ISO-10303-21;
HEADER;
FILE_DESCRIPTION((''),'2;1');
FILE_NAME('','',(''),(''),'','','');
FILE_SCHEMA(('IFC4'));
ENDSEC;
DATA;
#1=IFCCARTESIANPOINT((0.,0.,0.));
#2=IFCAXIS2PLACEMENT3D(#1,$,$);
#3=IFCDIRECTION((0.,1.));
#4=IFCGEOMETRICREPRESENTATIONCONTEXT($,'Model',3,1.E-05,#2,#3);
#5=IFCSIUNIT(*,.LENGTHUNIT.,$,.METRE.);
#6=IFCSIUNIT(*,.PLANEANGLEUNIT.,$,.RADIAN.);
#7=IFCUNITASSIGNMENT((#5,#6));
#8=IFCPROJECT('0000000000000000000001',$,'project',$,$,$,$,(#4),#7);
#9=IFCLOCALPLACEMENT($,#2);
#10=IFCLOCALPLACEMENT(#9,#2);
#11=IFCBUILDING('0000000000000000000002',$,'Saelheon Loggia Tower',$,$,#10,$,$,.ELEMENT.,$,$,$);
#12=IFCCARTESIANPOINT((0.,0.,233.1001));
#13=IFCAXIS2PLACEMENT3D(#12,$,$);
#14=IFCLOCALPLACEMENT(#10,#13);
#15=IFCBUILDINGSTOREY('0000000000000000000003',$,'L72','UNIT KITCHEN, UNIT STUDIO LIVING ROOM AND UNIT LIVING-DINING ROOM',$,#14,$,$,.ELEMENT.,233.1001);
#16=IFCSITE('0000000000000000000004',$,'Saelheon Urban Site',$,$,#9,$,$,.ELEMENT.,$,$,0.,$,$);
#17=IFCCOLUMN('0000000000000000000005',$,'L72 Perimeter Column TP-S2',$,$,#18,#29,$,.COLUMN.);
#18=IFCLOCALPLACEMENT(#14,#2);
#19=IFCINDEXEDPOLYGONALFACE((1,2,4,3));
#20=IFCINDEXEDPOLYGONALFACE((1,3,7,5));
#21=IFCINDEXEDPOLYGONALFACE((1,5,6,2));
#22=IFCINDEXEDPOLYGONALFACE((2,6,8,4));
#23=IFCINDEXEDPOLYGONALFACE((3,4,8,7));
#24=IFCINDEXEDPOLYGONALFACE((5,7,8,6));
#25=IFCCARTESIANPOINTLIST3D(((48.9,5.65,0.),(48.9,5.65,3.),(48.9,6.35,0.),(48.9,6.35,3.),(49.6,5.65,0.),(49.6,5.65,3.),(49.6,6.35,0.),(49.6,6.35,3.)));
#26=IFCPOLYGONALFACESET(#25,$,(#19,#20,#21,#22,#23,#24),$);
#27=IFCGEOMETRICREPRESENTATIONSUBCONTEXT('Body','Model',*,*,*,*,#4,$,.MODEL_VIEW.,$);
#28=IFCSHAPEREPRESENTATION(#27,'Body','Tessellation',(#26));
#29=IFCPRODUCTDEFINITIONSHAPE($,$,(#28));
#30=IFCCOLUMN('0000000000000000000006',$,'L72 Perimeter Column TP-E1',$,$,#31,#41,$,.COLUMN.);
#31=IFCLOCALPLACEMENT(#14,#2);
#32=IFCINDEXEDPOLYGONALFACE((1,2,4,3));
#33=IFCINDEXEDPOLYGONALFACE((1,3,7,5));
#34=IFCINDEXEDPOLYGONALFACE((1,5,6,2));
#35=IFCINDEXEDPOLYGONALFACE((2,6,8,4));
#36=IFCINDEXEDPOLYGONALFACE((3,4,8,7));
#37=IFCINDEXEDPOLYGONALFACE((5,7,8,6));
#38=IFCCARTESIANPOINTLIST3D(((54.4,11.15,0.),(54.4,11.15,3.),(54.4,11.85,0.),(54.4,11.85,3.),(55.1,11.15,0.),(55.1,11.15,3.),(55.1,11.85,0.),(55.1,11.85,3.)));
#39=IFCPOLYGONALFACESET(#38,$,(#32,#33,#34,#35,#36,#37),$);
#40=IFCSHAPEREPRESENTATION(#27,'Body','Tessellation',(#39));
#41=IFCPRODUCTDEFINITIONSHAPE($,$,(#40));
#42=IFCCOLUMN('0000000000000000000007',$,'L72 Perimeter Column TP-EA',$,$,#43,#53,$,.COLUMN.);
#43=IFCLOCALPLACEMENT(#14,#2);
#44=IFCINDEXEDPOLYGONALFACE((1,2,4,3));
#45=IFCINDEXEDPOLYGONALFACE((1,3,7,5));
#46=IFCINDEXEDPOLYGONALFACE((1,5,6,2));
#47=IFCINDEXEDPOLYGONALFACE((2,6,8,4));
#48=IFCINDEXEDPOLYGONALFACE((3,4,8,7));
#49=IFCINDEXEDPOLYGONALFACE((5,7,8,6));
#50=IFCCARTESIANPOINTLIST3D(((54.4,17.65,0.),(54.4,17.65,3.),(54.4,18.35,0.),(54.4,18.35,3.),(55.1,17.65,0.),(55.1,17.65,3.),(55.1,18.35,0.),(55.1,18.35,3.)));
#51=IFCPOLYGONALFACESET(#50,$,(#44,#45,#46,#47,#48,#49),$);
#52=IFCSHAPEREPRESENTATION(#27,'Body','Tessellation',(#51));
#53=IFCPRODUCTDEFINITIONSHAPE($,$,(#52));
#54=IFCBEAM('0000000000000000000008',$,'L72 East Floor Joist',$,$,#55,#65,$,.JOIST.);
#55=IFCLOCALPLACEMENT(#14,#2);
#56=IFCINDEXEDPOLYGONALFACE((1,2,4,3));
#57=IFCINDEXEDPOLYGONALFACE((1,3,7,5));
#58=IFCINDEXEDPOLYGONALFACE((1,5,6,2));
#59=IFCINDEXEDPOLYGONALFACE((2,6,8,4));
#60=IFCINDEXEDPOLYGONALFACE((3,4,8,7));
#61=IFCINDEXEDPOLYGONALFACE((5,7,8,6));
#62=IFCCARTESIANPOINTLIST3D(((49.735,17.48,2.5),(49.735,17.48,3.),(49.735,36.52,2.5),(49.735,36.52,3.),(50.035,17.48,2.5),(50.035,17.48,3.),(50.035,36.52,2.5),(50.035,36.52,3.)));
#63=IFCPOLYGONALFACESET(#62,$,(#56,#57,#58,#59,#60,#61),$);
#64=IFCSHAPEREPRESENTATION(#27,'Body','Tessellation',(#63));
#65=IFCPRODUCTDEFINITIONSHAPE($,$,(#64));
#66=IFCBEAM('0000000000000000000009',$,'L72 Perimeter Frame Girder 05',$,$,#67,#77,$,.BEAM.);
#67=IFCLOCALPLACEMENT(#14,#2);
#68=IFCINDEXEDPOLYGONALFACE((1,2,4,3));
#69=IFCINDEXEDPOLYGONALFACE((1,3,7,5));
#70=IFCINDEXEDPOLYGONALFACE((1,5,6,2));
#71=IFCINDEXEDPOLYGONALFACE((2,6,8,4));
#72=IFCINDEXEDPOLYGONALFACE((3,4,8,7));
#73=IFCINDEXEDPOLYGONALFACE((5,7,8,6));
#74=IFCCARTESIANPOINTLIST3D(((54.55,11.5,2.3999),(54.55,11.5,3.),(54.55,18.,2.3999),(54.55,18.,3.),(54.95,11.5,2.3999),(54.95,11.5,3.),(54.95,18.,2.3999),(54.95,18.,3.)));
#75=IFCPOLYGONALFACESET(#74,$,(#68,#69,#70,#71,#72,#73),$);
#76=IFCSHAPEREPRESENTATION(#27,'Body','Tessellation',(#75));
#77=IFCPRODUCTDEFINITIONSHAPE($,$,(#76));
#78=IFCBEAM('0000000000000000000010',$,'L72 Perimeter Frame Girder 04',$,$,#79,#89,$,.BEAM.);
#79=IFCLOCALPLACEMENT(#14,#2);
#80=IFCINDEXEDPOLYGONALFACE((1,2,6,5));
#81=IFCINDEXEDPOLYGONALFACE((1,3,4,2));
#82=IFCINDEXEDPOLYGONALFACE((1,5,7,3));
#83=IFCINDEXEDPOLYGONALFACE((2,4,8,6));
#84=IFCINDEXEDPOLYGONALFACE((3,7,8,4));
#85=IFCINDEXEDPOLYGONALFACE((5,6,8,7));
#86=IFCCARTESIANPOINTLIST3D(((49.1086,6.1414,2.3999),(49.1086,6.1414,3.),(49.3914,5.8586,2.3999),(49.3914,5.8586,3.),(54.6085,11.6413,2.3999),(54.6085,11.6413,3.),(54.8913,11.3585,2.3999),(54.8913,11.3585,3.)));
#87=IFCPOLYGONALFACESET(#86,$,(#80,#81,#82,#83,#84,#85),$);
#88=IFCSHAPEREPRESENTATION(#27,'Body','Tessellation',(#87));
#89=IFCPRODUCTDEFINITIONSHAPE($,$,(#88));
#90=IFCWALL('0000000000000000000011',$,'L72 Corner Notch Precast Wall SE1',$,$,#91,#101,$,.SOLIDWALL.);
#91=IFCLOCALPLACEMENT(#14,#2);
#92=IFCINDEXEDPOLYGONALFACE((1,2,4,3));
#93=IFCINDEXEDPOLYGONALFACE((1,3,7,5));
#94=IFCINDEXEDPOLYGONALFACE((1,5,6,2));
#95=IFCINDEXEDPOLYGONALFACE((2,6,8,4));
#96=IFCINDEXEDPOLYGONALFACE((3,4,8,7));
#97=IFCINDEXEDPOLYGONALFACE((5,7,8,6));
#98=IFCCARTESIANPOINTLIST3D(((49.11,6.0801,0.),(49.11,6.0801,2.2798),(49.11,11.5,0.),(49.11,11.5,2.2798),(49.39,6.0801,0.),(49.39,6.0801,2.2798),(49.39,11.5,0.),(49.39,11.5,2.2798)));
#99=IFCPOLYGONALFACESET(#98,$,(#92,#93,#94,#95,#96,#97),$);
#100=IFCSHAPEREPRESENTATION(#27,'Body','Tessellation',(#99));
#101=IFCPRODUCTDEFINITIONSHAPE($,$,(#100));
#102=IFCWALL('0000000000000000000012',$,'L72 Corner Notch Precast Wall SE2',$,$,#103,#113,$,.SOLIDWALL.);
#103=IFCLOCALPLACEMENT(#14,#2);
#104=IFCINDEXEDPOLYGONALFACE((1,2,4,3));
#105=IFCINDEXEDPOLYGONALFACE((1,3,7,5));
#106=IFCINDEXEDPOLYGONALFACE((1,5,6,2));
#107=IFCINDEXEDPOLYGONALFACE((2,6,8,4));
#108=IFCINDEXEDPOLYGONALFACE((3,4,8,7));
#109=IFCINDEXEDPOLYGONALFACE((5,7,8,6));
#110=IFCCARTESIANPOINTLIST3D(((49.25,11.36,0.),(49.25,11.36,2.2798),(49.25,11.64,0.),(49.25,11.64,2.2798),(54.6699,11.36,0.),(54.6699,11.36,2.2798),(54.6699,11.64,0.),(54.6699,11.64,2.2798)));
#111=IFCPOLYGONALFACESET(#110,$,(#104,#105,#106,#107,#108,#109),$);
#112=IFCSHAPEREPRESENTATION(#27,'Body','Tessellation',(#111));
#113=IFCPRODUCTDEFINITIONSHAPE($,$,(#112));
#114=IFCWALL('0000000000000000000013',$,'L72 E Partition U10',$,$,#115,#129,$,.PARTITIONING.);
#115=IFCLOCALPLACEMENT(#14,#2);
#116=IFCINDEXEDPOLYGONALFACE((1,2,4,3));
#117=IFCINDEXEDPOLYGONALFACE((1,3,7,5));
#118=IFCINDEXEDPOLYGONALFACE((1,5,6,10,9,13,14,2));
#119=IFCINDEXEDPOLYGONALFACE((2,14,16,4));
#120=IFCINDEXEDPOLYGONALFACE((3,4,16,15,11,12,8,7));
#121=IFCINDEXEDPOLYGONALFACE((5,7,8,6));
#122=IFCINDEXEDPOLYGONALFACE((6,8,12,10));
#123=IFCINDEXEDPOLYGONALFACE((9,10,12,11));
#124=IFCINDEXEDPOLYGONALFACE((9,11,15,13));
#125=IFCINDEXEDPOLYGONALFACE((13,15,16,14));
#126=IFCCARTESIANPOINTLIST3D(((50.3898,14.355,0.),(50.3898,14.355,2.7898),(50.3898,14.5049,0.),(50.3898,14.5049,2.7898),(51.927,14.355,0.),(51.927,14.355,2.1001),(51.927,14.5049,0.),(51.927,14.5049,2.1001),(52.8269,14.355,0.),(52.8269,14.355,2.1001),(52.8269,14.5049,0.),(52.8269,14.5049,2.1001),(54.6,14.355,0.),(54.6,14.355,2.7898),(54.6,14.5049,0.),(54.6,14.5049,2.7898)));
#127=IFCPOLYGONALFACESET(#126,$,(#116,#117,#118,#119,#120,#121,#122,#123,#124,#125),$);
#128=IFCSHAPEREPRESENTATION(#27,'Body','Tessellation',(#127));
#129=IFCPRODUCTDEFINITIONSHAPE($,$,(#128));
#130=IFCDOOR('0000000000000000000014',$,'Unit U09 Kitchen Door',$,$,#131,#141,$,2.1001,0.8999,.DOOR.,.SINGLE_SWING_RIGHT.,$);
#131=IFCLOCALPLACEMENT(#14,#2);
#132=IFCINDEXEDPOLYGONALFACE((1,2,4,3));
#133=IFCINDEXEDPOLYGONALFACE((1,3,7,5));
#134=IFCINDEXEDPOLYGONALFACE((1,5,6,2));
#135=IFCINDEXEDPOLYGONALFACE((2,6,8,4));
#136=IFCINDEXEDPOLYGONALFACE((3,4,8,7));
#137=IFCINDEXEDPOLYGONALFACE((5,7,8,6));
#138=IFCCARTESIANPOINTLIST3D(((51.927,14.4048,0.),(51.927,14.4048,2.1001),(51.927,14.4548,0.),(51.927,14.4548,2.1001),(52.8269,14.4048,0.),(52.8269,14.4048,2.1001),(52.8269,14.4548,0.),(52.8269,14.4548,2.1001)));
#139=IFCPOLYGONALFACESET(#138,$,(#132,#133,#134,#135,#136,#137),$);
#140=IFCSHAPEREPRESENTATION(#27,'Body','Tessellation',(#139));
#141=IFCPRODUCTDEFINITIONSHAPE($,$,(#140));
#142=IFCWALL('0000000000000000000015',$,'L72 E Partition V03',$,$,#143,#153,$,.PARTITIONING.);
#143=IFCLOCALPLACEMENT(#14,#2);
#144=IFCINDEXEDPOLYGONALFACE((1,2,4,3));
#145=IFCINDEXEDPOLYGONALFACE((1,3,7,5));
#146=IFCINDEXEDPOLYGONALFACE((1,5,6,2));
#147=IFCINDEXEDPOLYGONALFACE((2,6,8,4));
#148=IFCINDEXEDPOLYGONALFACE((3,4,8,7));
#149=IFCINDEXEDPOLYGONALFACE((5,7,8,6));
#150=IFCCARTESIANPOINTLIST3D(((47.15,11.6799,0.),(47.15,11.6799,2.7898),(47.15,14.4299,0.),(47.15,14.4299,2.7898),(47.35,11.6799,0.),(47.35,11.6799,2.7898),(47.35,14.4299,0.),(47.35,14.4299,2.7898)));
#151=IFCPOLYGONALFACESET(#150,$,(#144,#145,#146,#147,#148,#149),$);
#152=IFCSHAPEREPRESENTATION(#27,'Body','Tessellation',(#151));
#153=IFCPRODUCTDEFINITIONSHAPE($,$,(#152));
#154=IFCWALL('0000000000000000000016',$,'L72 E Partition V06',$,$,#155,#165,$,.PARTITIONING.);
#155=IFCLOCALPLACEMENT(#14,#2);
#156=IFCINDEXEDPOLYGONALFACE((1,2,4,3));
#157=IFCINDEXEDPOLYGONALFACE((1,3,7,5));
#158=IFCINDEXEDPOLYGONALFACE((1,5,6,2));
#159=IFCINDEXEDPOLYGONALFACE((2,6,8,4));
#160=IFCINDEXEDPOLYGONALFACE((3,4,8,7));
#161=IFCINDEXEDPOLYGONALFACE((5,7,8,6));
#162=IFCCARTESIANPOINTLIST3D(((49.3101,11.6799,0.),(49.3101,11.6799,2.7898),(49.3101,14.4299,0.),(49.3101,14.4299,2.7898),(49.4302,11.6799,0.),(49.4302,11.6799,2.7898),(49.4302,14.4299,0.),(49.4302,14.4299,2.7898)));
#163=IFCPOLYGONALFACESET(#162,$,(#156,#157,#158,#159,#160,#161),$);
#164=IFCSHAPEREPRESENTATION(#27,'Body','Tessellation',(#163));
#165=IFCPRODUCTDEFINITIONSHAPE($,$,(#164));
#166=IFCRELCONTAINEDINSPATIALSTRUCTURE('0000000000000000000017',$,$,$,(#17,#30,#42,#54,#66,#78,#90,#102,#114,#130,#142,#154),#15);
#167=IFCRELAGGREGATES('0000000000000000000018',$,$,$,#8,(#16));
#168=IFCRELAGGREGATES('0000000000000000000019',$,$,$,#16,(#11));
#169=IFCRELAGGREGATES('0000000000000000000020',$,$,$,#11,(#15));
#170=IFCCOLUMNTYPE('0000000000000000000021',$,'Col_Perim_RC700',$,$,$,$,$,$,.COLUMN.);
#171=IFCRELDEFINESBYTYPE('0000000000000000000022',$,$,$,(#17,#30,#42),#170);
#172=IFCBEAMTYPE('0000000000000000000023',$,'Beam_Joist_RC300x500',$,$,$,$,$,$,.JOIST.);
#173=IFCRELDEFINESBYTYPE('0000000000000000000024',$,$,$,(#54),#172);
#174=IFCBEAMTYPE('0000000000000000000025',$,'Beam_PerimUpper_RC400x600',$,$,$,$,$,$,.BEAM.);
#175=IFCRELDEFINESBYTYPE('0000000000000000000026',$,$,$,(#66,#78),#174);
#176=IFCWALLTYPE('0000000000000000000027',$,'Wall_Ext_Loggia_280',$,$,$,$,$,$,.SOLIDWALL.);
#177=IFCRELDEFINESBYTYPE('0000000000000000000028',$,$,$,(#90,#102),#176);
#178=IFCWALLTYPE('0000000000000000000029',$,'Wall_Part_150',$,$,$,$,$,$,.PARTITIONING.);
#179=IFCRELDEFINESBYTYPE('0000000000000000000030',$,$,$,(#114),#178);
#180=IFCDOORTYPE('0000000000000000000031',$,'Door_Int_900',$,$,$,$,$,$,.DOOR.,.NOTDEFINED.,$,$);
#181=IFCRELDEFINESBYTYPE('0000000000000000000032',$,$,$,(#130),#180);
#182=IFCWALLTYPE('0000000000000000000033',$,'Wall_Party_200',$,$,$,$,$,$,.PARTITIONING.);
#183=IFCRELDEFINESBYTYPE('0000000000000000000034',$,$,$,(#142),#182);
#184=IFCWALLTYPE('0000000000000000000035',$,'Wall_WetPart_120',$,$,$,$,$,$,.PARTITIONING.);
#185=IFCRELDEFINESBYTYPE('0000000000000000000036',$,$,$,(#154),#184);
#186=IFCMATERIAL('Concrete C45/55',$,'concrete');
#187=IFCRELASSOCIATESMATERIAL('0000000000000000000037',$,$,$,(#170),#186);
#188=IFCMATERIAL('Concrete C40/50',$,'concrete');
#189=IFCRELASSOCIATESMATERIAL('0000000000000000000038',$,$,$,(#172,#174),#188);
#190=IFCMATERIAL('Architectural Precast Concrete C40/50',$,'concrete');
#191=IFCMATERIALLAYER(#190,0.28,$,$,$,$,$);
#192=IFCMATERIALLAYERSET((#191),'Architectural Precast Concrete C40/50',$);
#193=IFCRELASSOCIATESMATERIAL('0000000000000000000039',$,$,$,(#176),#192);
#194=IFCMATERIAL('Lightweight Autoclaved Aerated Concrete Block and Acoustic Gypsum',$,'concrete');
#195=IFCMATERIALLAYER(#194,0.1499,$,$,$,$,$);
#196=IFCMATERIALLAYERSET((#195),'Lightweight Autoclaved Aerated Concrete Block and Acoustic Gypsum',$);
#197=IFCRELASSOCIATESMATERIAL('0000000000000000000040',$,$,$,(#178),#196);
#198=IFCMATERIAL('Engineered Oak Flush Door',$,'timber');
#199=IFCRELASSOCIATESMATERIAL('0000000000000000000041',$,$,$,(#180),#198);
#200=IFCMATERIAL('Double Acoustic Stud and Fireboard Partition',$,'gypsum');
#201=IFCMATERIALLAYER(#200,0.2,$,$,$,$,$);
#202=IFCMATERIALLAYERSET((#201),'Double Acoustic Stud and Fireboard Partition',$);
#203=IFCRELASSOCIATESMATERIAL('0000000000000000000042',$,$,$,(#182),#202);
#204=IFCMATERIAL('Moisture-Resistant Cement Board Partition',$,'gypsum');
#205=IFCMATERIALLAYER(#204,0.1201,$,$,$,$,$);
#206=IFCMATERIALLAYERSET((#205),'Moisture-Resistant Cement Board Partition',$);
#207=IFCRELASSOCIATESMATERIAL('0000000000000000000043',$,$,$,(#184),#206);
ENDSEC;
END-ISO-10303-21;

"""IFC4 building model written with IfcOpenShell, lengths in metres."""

from ifc_helpers import new_model, si_unit, direction, frame, frame_2d, origin, origin_2d, place, context, subcontext, project, spatial, rectangle, extrude, source, transform, mapped, material, layer, layer_set, material_profile, profile_set, type_object, element, fill, save


model = new_model("IFC4")

# Units and contexts
model_context = context("Model", 3, precision=1e-05, world=origin(), true_north=direction((0.0, 1.0)))
body_context = subcontext(model_context, "Body", "Model", "MODEL_VIEW")
ifc_project = project(units=[si_unit("LENGTHUNIT", "METRE"), si_unit("PLANEANGLEUNIT", "RADIAN")], contexts=[model_context])

# Site, building, storey
site_placement = place(None, origin())
site = spatial("IfcSite", under=ifc_project, at=site_placement, Name="Saelheon Urban Site", CompositionType="ELEMENT", RefElevation=0.0)
building_placement = place(site_placement, origin())
building = spatial("IfcBuilding", under=site, at=building_placement, Name="Saelheon Loggia Tower", CompositionType="ELEMENT")
storey_placement = place(building_placement, frame((0.0, 0.0, 233.1001)))
storey = spatial("IfcBuildingStorey", under=building, at=storey_placement, Name="L72", Description="UNIT KITCHEN, UNIT STUDIO LIVING ROOM AND UNIT LIVING-DINING ROOM", CompositionType="ELEMENT", Elevation=233.1001)

# Columns
ifc_material_1 = material(Name="Concrete C45/55", Category="concrete")
ifc_material_profile_1 = material_profile(ifc_material_1, rectangle(XDim=0.7, YDim=0.7, at=origin_2d()), Name="RC-700x700")
ifc_profile_set_1 = profile_set([ifc_material_profile_1], Name="Concrete C45/55")
column_type = type_object("IfcColumnType", Name="Col_Perim_RC700", PredefinedType="COLUMN", material=ifc_profile_set_1)
shared_shape_1 = source(origin(), body_context, "Body", "SweptSolid", [
    extrude(rectangle(XDim=0.7, YDim=0.7, at=origin_2d()), origin(), (0.0, 0.0, 1.0), 3.0),
])
for number, where, z_axis, x_axis, name in (
    (1, (49.25, 6.0, 0.0), (0.0, 0.0, 1.0), (1.0, 0.0, 0.0), "L72 Perimeter Column TP-S2"),
    (2, (54.75, 11.5, 0.0), (0.0, 0.0, 1.0), (1.0, 0.0, 0.0), "L72 Perimeter Column TP-E1"),
    (3, (54.75, 18.0, 0.0), (0.0, 0.0, 1.0), (1.0, 0.0, 0.0), "L72 Perimeter Column TP-EA"),
):
    element("IfcColumn", number, at=place(storey_placement, frame(where, z_axis=z_axis, x_axis=x_axis)), inside=storey, type_object=column_type, Name=name, PredefinedType="COLUMN", context=body_context, shape_type="MappedRepresentation", body=[
        mapped(shared_shape_1, transform((0.0, 0.0, 0.0), scale=1.0)),
    ])

# Beams
ifc_material_2 = material(Name="Concrete C40/50", Category="concrete")
ifc_material_profile_2 = material_profile(ifc_material_2, rectangle(XDim=0.3, YDim=0.5, at=origin_2d()), Name="RC-300x500")
ifc_profile_set_2 = profile_set([ifc_material_profile_2], Name="Concrete C40/50")
beam_type_1 = type_object("IfcBeamType", Name="Beam_Joist_RC300x500", PredefinedType="JOIST", material=ifc_profile_set_2)
shared_shape_2 = source(origin(), body_context, "Body", "SweptSolid", [
    extrude(rectangle(XDim=0.3, YDim=0.5, at=origin_2d()), origin(), (0.0, 0.0, 1.0), 19.04),
])
beam_1_placement = place(storey_placement, frame((49.885, 17.48, 2.75), z_axis=(0.0, 1.0, 0.0), x_axis=(-1.0, 0.0, 0.0)))
element("IfcBeam", 4, at=beam_1_placement, inside=storey, type_object=beam_type_1, Name="L72 East Floor Joist", PredefinedType="JOIST", context=body_context, shape_type="MappedRepresentation", body=[
    mapped(shared_shape_2, transform((0.0, 0.0, 0.0), scale=1.0)),
])
ifc_material_profile_3 = material_profile(ifc_material_2, rectangle(XDim=0.3999, YDim=0.6001, at=origin_2d()), Name="RC-400x600")
ifc_profile_set_3 = profile_set([ifc_material_profile_3], Name="Concrete C40/50")
beam_type_2 = type_object("IfcBeamType", Name="Beam_PerimUpper_RC400x600", PredefinedType="BEAM", material=ifc_profile_set_3)
shared_shape_3 = source(origin(), body_context, "Body", "SweptSolid", [
    extrude(rectangle(XDim=0.3999, YDim=0.6001, at=origin_2d()), origin(), (0.0, 0.0, 1.0), 6.5),
])
beam_2_placement = place(storey_placement, frame((54.75, 11.5, 2.7), z_axis=(0.0, 1.0, 0.0), x_axis=(-1.0, 0.0, 0.0)))
element("IfcBeam", 5, at=beam_2_placement, inside=storey, type_object=beam_type_2, Name="L72 Perimeter Frame Girder 05", PredefinedType="BEAM", context=body_context, shape_type="MappedRepresentation", body=[
    mapped(shared_shape_3, transform((0.0, 0.0, 0.0), scale=1.0)),
])
shared_shape_4 = source(origin(), body_context, "Body", "SweptSolid", [
    extrude(rectangle(XDim=0.3999, YDim=0.6001, at=origin_2d()), origin(), (0.0, 0.0, 1.0), 7.7781),
])
beam_3_placement = place(storey_placement, frame((49.25, 6.0, 2.7), z_axis=(0.707107, 0.707107, 0.0), x_axis=(-0.707107, 0.707107, 0.0)))
element("IfcBeam", 6, at=beam_3_placement, inside=storey, type_object=beam_type_2, Name="L72 Perimeter Frame Girder 04", PredefinedType="BEAM", context=body_context, shape_type="MappedRepresentation", body=[
    mapped(shared_shape_4, transform((0.0, 0.0, 0.0), scale=1.0)),
])

# Shared definitions
ifc_material_3 = material(Name="Architectural Precast Concrete C40/50", Category="concrete")
ifc_layer_1 = layer(ifc_material_3, 0.28)
ifc_layer_set_1 = layer_set([ifc_layer_1], Name="Architectural Precast Concrete C40/50")
wall_type_1 = type_object("IfcWallType", Name="Wall_Ext_Loggia_280", PredefinedType="SOLIDWALL", material=ifc_layer_set_1)

# Walls
for number, where, z_axis, x_axis, name in (
    (7, (49.25, 6.0801, 0.0), (0.0, 0.0, 1.0), (0.0, 1.0, 0.0), "L72 Corner Notch Precast Wall SE1"),
    (8, (49.25, 11.5, 0.0), (0.0, 0.0, 1.0), (1.0, 0.0, 0.0), "L72 Corner Notch Precast Wall SE2"),
):
    element("IfcWall", number, at=place(storey_placement, frame(where, z_axis=z_axis, x_axis=x_axis)), inside=storey, type_object=wall_type_1, Name=name, PredefinedType="SOLIDWALL", context=body_context, shape_type="SweptSolid", body=[
        extrude(rectangle(XDim=5.4199, YDim=0.28, at=frame_2d((2.71, 0.0))), origin(), (0.0, 0.0, 1.0), 2.2798),
    ])

# Wall, opening, door
ifc_material_4 = material(Name="Lightweight Autoclaved Aerated Concrete Block and Acoustic Gypsum", Category="concrete")
ifc_layer_2 = layer(ifc_material_4, 0.1499)
ifc_layer_set_2 = layer_set([ifc_layer_2], Name="Lightweight Autoclaved Aerated Concrete Block and Acoustic Gypsum")
wall_type_2 = type_object("IfcWallType", Name="Wall_Part_150", PredefinedType="PARTITIONING", material=ifc_layer_set_2)
wall_1_placement = place(storey_placement, frame((50.3899, 14.4299, 0.0), z_axis=(0.0, 0.0, 1.0), x_axis=(1.0, 0.0, 0.0)))
wall_1 = element("IfcWall", 9, at=wall_1_placement, inside=storey, type_object=wall_type_2, Name="L72 E Partition U10", PredefinedType="PARTITIONING", context=body_context, shape_type="SweptSolid", body=[
    extrude(rectangle(XDim=4.2102, YDim=0.1499, at=frame_2d((2.105, 0.0))), origin(), (0.0, 0.0, 1.0), 2.7898),
])
opening_1_placement = place(wall_1_placement, frame((1.5371, 0.0, 0.0)))
opening_1 = element("IfcOpeningElement", 10, at=opening_1_placement, cuts=wall_1, PredefinedType="OPENING", context=body_context, shape_type="SweptSolid", body=[
    extrude(rectangle(XDim=0.8999, YDim=2.1001, at=frame_2d((0.45, 1.05))), frame((0.0, 0.0869, 0.0), z_axis=(0.0, -1.0, 0.0), x_axis=(1.0, 0.0, 0.0)), (0.0, 0.0, 1.0), 0.1738),
])
ifc_material_5 = material(Name="Engineered Oak Flush Door", Category="timber")
door_type_1 = type_object("IfcDoorType", Name="Door_Int_900", OperationType="NOTDEFINED", PredefinedType="DOOR", material=ifc_material_5)
shared_shape_5 = source(origin(), body_context, "Body", "SweptSolid", [
    extrude(rectangle(XDim=0.8999, YDim=2.1001, at=frame_2d((0.45, 1.05))), frame((0.0, 0.0249, 0.0), z_axis=(0.0, -1.0, 0.0), x_axis=(1.0, 0.0, 0.0)), (0.0, 0.0, 1.0), 0.05),
])
door_1_placement = place(opening_1_placement, origin())
door_1 = element("IfcDoor", 11, at=door_1_placement, inside=storey, type_object=door_type_1, Name="Unit U09 Kitchen Door", OperationType="SINGLE_SWING_RIGHT", OverallHeight=2.1001, OverallWidth=0.8999, PredefinedType="DOOR", context=body_context, shape_type="MappedRepresentation", body=[
    mapped(shared_shape_5, transform((0.0, 0.0, 0.0), scale=1.0)),
])
fill(opening_1, door_1)

# Wall
ifc_material_6 = material(Name="Double Acoustic Stud and Fireboard Partition", Category="gypsum")
ifc_layer_3 = layer(ifc_material_6, 0.2)
ifc_layer_set_3 = layer_set([ifc_layer_3], Name="Double Acoustic Stud and Fireboard Partition")
wall_type_3 = type_object("IfcWallType", Name="Wall_Party_200", PredefinedType="PARTITIONING", material=ifc_layer_set_3)
wall_2_placement = place(storey_placement, frame((47.25, 11.6799, 0.0), z_axis=(0.0, 0.0, 1.0), x_axis=(0.0, 1.0, 0.0)))
element("IfcWall", 12, at=wall_2_placement, inside=storey, type_object=wall_type_3, Name="L72 E Partition V03", PredefinedType="PARTITIONING", context=body_context, shape_type="SweptSolid", body=[
    extrude(rectangle(XDim=2.75, YDim=0.2, at=frame_2d((1.375, 0.0))), origin(), (0.0, 0.0, 1.0), 2.7898),
])

# Wall
ifc_material_7 = material(Name="Moisture-Resistant Cement Board Partition", Category="gypsum")
ifc_layer_4 = layer(ifc_material_7, 0.1201)
ifc_layer_set_4 = layer_set([ifc_layer_4], Name="Moisture-Resistant Cement Board Partition")
wall_type_4 = type_object("IfcWallType", Name="Wall_WetPart_120", PredefinedType="PARTITIONING", material=ifc_layer_set_4)
wall_3_placement = place(storey_placement, frame((49.3701, 11.6799, 0.0), z_axis=(0.0, 0.0, 1.0), x_axis=(0.0, 1.0, 0.0)))
element("IfcWall", 13, at=wall_3_placement, inside=storey, type_object=wall_type_4, Name="L72 E Partition V06", PredefinedType="PARTITIONING", context=body_context, shape_type="SweptSolid", body=[
    extrude(rectangle(XDim=2.75, YDim=0.1201, at=frame_2d((1.375, 0.0))), origin(), (0.0, 0.0, 1.0), 2.7898),
])

save(model, "model.ifc")
